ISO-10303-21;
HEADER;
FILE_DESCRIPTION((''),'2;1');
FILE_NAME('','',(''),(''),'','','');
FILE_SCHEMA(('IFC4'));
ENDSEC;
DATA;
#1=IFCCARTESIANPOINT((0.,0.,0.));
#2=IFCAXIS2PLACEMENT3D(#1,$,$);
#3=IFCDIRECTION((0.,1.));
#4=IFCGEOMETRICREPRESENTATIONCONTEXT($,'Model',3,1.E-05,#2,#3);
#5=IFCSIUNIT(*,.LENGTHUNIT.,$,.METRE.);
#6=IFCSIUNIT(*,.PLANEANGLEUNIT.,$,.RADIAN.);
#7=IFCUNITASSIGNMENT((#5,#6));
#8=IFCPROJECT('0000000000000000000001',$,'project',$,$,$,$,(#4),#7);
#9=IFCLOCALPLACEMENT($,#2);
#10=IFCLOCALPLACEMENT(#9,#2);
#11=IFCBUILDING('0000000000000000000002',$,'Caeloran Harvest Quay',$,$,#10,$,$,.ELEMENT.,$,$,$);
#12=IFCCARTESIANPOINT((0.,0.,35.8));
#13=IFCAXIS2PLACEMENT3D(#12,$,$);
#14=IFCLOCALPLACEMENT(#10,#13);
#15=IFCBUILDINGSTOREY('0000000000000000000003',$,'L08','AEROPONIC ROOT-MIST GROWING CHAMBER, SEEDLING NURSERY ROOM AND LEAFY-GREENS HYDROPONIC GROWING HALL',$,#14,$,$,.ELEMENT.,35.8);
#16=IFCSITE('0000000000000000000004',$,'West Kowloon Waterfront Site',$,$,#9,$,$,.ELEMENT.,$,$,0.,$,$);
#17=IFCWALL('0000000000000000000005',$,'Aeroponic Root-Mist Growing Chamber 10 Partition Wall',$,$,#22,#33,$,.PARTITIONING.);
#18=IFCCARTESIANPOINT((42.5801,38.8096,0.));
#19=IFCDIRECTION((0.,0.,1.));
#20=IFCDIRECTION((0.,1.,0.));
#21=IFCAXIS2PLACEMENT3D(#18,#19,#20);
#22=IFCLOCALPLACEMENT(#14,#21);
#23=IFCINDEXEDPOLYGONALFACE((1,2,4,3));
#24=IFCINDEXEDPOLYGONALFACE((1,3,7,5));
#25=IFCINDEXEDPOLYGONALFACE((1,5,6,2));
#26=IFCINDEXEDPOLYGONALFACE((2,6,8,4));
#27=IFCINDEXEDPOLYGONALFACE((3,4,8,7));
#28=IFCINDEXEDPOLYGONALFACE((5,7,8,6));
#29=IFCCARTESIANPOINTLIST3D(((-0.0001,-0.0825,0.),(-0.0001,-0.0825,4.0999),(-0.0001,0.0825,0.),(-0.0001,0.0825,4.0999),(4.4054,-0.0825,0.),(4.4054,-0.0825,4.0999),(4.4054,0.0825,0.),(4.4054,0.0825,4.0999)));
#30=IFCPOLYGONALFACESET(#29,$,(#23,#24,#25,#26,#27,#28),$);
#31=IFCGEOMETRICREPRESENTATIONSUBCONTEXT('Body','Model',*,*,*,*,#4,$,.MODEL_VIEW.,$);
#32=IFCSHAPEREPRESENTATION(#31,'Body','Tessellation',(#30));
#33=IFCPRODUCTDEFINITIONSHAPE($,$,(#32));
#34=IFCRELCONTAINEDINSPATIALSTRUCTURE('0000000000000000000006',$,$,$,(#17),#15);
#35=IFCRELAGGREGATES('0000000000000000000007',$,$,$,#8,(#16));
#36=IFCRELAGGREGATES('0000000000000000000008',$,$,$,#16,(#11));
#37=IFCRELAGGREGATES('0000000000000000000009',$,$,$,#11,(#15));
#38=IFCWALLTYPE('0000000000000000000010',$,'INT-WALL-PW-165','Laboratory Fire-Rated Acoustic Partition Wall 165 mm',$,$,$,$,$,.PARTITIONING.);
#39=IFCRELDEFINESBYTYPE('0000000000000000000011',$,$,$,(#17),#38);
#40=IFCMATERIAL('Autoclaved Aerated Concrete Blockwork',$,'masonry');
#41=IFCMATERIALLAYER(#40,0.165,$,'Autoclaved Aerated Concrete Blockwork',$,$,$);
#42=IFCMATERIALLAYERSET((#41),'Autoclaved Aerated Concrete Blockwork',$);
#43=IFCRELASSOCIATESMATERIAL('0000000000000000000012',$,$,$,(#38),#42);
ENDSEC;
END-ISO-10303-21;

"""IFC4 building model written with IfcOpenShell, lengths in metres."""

from ifc_helpers import new_model, si_unit, direction, frame, frame_2d, origin, place, context, subcontext, project, spatial, rectangle, extrude, material, layer, layer_set, type_object, element, save


model = new_model("IFC4")

# Units and contexts
model_context = context("Model", 3, precision=1e-05, world=origin(), true_north=direction((0.0, 1.0)))
body_context = subcontext(model_context, "Body", "Model", "MODEL_VIEW")
ifc_project = project(units=[si_unit("LENGTHUNIT", "METRE"), si_unit("PLANEANGLEUNIT", "RADIAN")], contexts=[model_context])

# Site, building, storey
site_placement = place(None, origin())
site = spatial("IfcSite", under=ifc_project, at=site_placement, Name="West Kowloon Waterfront Site", CompositionType="ELEMENT", RefElevation=0.0)
building_placement = place(site_placement, origin())
building = spatial("IfcBuilding", under=site, at=building_placement, Name="Caeloran Harvest Quay", CompositionType="ELEMENT")
storey_placement = place(building_placement, frame((0.0, 0.0, 35.8)))
storey = spatial("IfcBuildingStorey", under=building, at=storey_placement, Name="L08", Description="AEROPONIC ROOT-MIST GROWING CHAMBER, SEEDLING NURSERY ROOM AND LEAFY-GREENS HYDROPONIC GROWING HALL", CompositionType="ELEMENT", Elevation=35.8)

# Wall
ifc_material_1 = material(Name="Autoclaved Aerated Concrete Blockwork", Category="masonry")
ifc_layer_1 = layer(ifc_material_1, 0.165, Name="Autoclaved Aerated Concrete Blockwork")
ifc_layer_set_1 = layer_set([ifc_layer_1], Name="Autoclaved Aerated Concrete Blockwork")
wall_type_1 = type_object("IfcWallType", Name="INT-WALL-PW-165", Description="Laboratory Fire-Rated Acoustic Partition Wall 165 mm", PredefinedType="PARTITIONING", material=ifc_layer_set_1)
wall_1_placement = place(storey_placement, frame((42.5801, 38.8096, 0.0), z_axis=(0.0, 0.0, 1.0), x_axis=(0.0, 1.0, 0.0)))
element("IfcWall", 1, at=wall_1_placement, inside=storey, type_object=wall_type_1, Name="Aeroponic Root-Mist Growing Chamber 10 Partition Wall", PredefinedType="PARTITIONING", context=body_context, shape_type="SweptSolid", body=[
    extrude(rectangle(XDim=4.4055, YDim=0.165, at=frame_2d((2.2026, 0.0))), origin(), (0.0, 0.0, 1.0), 4.0999),
])

save(model, "model.ifc")
